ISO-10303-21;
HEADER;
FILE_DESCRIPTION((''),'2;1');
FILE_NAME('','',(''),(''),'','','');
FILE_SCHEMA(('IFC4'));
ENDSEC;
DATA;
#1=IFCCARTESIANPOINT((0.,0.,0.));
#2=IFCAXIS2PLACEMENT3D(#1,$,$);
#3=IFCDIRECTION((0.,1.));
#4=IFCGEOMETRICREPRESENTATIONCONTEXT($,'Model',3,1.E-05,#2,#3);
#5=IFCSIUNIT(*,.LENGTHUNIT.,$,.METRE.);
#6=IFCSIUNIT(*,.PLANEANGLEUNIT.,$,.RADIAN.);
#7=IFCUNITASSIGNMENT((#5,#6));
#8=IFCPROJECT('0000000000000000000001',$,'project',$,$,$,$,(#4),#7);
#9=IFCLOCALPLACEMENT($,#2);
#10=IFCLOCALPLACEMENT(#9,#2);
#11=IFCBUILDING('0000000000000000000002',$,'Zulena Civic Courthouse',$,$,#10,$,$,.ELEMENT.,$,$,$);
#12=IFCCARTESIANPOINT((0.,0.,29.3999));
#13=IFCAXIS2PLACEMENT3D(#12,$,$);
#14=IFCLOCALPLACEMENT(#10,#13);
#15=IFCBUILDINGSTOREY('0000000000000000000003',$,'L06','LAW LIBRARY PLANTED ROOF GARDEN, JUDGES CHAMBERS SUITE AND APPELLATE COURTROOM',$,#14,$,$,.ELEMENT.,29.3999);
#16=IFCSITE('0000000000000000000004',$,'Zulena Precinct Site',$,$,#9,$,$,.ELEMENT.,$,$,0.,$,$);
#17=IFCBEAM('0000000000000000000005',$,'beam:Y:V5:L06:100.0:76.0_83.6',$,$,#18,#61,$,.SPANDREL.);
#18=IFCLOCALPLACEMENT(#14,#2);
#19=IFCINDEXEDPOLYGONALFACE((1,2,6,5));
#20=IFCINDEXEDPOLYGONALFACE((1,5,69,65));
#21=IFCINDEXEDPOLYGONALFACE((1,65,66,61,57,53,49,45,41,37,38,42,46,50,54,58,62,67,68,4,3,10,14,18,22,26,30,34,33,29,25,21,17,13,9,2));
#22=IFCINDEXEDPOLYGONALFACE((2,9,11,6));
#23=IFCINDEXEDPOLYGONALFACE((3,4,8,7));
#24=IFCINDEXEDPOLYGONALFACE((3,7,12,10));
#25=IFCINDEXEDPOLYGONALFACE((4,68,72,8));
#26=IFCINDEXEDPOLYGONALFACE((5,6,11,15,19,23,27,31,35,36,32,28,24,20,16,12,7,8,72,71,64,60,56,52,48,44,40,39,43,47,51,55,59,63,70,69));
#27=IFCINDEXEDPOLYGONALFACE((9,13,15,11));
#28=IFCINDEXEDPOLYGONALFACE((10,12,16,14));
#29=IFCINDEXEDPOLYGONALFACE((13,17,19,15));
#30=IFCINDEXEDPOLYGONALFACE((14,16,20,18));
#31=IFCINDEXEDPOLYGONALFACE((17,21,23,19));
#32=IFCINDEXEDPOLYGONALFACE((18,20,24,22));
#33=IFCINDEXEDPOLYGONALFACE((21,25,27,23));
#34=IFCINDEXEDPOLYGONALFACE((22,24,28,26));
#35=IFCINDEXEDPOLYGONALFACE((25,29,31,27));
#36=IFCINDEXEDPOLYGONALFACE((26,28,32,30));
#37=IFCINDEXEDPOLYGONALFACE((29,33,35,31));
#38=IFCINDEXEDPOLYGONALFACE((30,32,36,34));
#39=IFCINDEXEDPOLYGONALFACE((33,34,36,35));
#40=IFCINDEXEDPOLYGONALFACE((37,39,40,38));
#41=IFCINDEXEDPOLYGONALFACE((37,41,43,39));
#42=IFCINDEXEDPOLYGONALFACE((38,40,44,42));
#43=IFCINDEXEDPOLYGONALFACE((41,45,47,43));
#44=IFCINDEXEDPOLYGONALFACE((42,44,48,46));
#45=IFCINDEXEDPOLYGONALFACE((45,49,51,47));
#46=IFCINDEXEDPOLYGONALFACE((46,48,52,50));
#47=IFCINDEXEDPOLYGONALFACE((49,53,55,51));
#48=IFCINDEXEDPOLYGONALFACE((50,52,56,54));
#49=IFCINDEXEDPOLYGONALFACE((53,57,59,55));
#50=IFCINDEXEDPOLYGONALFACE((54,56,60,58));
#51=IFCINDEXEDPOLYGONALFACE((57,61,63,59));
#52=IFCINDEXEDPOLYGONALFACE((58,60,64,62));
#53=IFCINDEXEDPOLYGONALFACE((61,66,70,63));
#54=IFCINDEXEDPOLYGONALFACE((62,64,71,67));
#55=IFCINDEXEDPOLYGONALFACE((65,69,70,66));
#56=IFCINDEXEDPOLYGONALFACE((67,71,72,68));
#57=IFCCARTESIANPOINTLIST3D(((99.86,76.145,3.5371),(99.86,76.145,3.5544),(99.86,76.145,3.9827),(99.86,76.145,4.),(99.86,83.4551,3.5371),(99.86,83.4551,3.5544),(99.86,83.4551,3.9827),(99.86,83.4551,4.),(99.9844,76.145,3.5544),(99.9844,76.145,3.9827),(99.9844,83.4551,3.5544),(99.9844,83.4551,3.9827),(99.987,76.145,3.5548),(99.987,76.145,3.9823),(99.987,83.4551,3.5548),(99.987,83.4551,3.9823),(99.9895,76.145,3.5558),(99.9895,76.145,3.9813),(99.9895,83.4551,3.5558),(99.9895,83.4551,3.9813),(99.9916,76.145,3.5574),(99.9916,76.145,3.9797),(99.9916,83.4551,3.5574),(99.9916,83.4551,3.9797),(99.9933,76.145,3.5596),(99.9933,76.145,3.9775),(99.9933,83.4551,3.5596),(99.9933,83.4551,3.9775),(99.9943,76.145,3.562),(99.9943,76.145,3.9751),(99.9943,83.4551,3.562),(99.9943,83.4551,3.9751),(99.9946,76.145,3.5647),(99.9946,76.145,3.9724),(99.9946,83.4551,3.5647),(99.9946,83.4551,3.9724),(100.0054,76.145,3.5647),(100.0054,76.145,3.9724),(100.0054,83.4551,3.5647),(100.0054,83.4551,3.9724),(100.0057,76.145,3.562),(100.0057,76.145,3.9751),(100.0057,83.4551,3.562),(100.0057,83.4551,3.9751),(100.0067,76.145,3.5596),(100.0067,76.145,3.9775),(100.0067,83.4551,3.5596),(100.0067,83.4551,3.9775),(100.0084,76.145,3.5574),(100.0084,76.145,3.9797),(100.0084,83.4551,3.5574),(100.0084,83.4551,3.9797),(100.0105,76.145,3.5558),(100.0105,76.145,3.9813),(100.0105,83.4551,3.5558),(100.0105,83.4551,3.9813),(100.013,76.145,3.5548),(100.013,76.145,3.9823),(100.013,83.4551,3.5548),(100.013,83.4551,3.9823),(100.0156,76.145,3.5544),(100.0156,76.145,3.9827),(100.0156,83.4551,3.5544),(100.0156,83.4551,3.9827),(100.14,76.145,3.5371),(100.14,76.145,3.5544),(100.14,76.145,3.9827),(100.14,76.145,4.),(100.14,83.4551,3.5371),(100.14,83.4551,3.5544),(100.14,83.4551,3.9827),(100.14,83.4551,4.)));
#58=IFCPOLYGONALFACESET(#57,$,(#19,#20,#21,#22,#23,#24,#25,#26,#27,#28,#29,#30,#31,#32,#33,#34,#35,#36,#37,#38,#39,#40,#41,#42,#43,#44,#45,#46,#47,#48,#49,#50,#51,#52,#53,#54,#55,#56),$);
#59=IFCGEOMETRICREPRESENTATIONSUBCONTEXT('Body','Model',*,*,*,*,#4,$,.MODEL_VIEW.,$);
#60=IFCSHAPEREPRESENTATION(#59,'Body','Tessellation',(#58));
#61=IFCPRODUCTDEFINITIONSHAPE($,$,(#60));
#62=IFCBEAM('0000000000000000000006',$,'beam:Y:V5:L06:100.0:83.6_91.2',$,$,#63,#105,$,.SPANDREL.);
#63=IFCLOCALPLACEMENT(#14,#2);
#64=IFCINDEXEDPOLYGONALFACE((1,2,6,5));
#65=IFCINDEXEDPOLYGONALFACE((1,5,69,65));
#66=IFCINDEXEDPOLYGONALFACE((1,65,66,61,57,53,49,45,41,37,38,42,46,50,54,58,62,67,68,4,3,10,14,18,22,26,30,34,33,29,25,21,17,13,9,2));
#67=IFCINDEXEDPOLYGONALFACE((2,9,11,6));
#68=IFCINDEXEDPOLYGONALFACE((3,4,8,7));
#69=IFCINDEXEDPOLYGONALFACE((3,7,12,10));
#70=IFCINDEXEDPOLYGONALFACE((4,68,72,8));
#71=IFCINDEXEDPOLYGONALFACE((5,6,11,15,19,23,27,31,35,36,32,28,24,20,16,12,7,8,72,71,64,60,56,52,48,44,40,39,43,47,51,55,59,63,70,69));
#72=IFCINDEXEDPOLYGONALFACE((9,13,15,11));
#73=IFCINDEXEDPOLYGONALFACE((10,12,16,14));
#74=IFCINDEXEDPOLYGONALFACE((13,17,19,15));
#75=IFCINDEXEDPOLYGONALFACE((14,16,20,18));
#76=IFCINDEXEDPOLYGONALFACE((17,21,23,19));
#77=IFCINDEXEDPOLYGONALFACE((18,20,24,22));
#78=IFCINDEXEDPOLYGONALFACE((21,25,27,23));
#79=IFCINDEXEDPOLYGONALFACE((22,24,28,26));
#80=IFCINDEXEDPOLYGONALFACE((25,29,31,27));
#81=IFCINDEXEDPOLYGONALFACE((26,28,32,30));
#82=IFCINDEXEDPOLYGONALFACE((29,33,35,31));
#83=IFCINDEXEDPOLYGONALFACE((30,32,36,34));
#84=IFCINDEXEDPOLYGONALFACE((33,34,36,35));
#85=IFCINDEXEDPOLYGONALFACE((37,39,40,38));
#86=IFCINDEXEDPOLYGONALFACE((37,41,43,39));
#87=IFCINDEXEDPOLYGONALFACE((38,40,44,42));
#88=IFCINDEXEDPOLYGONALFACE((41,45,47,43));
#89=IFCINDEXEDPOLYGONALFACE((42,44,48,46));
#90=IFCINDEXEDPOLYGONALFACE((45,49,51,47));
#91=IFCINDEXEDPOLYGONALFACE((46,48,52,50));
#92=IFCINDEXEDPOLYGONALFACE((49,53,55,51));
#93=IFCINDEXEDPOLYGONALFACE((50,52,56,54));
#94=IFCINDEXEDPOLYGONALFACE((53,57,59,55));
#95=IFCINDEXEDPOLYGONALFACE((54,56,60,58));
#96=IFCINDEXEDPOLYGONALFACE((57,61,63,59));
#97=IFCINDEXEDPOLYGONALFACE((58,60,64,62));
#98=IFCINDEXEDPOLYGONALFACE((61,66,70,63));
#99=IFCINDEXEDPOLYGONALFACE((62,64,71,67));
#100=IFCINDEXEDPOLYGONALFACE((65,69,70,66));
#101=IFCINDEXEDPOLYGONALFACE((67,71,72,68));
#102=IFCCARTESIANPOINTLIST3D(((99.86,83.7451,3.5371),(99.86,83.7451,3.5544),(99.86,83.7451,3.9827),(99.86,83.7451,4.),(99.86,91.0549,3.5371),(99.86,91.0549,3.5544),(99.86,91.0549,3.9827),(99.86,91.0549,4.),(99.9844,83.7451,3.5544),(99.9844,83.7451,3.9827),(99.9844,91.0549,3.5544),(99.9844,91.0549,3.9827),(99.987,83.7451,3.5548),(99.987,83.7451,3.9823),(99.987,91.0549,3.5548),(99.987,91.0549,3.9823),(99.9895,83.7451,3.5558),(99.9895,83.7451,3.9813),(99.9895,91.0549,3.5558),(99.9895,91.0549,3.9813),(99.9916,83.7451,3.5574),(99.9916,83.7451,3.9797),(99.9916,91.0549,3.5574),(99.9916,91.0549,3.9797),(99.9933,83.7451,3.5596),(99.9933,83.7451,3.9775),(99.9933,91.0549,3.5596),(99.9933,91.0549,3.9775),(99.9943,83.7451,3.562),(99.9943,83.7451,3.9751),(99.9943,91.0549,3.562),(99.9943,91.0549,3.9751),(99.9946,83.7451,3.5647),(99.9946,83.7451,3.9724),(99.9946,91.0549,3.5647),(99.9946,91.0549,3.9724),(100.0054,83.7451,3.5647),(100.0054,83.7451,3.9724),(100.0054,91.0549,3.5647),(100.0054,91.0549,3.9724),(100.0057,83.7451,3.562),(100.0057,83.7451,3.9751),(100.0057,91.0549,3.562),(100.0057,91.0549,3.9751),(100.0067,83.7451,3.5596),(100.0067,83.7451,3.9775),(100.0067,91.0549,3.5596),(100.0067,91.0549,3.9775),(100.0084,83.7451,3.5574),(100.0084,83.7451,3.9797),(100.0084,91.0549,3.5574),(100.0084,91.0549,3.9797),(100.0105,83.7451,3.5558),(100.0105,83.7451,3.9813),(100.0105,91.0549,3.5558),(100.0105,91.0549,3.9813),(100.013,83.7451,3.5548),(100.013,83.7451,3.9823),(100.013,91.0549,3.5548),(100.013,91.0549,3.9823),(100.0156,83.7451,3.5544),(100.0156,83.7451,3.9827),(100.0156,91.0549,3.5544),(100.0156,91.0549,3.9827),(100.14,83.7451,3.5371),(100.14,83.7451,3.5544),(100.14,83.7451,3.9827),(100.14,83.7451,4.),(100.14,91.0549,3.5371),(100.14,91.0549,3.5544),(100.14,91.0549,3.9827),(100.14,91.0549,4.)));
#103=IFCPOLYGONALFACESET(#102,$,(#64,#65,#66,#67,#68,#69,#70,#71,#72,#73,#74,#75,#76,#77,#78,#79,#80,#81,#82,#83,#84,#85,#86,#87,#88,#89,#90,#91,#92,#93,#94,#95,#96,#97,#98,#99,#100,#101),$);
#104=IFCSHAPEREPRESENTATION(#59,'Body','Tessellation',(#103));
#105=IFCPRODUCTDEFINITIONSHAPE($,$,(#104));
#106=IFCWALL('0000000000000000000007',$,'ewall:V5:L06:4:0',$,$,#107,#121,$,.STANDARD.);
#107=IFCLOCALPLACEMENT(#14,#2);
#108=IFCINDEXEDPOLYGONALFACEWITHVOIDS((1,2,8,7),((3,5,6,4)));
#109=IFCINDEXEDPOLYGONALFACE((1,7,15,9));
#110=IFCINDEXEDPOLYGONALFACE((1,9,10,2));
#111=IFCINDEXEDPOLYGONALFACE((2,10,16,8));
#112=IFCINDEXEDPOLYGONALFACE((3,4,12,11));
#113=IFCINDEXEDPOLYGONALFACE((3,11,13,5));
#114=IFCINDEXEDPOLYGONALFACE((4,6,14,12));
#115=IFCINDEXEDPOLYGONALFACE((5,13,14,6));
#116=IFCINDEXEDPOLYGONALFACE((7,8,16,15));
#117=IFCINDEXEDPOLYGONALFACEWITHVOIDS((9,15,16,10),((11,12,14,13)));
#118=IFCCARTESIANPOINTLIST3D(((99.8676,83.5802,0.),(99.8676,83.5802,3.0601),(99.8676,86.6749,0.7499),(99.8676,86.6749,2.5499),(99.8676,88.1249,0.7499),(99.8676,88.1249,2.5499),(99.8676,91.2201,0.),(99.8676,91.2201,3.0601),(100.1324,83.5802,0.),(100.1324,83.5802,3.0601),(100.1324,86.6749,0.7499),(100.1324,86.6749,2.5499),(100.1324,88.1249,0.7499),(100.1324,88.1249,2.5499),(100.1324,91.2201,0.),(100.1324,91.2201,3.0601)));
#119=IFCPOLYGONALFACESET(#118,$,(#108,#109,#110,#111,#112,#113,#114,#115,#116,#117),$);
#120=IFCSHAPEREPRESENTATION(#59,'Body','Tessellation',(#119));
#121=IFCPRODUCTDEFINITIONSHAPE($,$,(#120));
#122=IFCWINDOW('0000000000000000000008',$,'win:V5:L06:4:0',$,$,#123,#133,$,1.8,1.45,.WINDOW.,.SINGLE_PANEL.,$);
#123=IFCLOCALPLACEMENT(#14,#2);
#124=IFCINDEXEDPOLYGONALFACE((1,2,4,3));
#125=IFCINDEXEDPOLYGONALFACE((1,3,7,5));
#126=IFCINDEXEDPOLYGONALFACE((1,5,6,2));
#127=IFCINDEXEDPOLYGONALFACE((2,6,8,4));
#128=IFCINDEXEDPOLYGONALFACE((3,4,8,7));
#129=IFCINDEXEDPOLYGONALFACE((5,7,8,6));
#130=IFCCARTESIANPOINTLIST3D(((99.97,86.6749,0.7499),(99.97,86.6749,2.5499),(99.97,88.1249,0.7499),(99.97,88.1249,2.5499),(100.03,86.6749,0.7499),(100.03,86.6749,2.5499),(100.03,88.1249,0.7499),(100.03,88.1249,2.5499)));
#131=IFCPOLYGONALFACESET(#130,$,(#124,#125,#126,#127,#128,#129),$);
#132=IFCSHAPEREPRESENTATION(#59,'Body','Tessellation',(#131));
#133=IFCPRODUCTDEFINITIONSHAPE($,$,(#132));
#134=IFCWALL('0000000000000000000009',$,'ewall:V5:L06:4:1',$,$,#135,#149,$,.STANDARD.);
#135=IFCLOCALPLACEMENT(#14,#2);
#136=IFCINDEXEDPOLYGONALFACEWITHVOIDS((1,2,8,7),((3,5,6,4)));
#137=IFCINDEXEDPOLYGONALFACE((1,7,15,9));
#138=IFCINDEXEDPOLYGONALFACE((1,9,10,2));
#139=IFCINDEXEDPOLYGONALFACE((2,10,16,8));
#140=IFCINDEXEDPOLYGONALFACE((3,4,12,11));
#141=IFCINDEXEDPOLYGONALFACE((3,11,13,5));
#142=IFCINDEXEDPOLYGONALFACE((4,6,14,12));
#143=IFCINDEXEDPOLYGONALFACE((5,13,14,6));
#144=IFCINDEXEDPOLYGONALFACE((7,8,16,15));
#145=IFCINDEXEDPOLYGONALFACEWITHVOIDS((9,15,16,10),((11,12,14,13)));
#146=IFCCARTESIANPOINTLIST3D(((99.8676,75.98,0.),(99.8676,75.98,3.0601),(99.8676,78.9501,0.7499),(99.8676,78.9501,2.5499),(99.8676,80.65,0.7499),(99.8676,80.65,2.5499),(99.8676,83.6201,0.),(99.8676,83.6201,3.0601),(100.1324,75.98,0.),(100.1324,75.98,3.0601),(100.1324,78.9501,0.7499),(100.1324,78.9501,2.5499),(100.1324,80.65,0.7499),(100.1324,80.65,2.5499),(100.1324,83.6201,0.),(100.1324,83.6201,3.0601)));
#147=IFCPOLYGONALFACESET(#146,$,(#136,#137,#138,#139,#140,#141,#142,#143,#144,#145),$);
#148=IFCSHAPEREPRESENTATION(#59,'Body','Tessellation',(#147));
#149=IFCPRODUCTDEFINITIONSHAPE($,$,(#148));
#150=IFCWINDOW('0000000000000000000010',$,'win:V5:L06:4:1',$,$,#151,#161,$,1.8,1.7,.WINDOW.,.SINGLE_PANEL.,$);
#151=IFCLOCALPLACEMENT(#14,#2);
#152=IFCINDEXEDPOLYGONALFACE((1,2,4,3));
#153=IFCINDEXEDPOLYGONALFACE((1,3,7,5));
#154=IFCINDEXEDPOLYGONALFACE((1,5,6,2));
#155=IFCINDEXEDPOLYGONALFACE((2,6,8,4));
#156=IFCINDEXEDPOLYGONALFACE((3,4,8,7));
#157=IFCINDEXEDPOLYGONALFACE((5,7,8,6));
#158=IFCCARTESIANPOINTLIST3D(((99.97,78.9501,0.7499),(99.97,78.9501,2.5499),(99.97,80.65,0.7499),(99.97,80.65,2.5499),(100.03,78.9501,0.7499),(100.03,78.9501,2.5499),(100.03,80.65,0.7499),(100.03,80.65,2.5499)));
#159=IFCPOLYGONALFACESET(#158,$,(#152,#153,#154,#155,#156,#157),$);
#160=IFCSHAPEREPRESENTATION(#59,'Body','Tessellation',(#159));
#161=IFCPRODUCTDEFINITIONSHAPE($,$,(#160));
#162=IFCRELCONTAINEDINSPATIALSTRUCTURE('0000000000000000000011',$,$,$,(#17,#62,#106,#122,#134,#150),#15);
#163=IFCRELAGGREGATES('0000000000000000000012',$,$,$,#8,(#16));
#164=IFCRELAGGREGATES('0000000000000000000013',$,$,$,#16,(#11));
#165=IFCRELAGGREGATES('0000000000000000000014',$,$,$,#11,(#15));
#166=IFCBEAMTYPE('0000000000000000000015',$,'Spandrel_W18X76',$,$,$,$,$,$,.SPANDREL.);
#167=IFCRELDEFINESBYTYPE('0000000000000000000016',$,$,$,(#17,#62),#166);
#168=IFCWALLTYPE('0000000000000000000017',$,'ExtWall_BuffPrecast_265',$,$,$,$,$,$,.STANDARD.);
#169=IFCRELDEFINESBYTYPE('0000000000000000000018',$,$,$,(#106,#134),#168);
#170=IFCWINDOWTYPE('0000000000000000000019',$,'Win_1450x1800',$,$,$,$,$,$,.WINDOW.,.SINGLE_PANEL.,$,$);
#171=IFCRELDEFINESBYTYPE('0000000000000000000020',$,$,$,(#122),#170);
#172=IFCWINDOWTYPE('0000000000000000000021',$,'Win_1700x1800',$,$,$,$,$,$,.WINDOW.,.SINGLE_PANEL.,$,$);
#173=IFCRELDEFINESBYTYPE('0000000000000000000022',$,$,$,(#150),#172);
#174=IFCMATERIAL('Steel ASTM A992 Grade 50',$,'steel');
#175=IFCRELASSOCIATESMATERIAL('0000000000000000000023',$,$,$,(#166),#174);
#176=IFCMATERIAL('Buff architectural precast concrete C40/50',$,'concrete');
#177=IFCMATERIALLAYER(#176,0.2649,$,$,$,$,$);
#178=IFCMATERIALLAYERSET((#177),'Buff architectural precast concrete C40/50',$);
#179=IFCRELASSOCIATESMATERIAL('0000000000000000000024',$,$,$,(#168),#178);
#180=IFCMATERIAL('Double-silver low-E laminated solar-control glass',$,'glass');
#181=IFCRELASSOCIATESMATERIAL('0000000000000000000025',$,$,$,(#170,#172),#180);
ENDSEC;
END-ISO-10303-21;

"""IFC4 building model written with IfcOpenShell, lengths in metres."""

from ifc_helpers import new_model, si_unit, direction, frame, frame_2d, origin, origin_2d, place, context, subcontext, project, spatial, rectangle, i_section, extrude, material, layer, layer_set, material_profile, profile_set, type_object, element, fill, save


model = new_model("IFC4")

# Units and contexts
model_context = context("Model", 3, precision=1e-05, world=origin(), true_north=direction((0.0, 1.0)))
body_context = subcontext(model_context, "Body", "Model", "MODEL_VIEW")
ifc_project = project(units=[si_unit("LENGTHUNIT", "METRE"), si_unit("PLANEANGLEUNIT", "RADIAN")], contexts=[model_context])

# Site, building, storey
site_placement = place(None, origin())
site = spatial("IfcSite", under=ifc_project, at=site_placement, Name="Zulena Precinct Site", CompositionType="ELEMENT", RefElevation=0.0)
building_placement = place(site_placement, origin())
building = spatial("IfcBuilding", under=site, at=building_placement, Name="Zulena Civic Courthouse", CompositionType="ELEMENT")
storey_placement = place(building_placement, frame((0.0, 0.0, 29.3999)))
storey = spatial("IfcBuildingStorey", under=building, at=storey_placement, Name="L06", Description="LAW LIBRARY PLANTED ROOF GARDEN, JUDGES CHAMBERS SUITE AND APPELLATE COURTROOM", CompositionType="ELEMENT", Elevation=29.3999)

# Beams
ifc_material_1 = material(Name="Steel ASTM A992 Grade 50", Category="steel")
ifc_material_profile = material_profile(ifc_material_1, i_section(OverallWidth=0.28, OverallDepth=0.4629, WebThickness=0.0107, FlangeThickness=0.0173, FilletRadius=0.0103, at=origin_2d()), Name="W18X76")
ifc_profile_set = profile_set([ifc_material_profile], Name="Steel ASTM A992 Grade 50")
beam_type = type_object("IfcBeamType", Name="Spandrel_W18X76", PredefinedType="SPANDREL", material=ifc_profile_set)
beam_1_placement = place(storey_placement, frame((100.0, 76.145, 3.7686), z_axis=(0.0, 1.0, 0.0), x_axis=(-1.0, 0.0, 0.0)))
element("IfcBeam", 1, at=beam_1_placement, inside=storey, type_object=beam_type, Name="beam:Y:V5:L06:100.0:76.0_83.6", PredefinedType="SPANDREL", context=body_context, shape_type="SweptSolid", body=[
    extrude(i_section(OverallWidth=0.28, OverallDepth=0.4629, WebThickness=0.0107, FlangeThickness=0.0173, FilletRadius=0.0103, at=origin_2d()), origin(), (0.0, 0.0, 1.0), 7.3101),
])
beam_2_placement = place(storey_placement, frame((100.0, 83.7451, 3.7686), z_axis=(0.0, 1.0, 0.0), x_axis=(-1.0, 0.0, 0.0)))
element("IfcBeam", 2, at=beam_2_placement, inside=storey, type_object=beam_type, Name="beam:Y:V5:L06:100.0:83.6_91.2", PredefinedType="SPANDREL", context=body_context, shape_type="SweptSolid", body=[
    extrude(i_section(OverallWidth=0.28, OverallDepth=0.4629, WebThickness=0.0107, FlangeThickness=0.0173, FilletRadius=0.0103, at=origin_2d()), origin(), (0.0, 0.0, 1.0), 7.3098),
])

# Walls, openings, windows
ifc_material_2 = material(Name="Buff architectural precast concrete C40/50", Category="concrete")
ifc_layer_1 = layer(ifc_material_2, 0.2649)
ifc_layer_set_1 = layer_set([ifc_layer_1], Name="Buff architectural precast concrete C40/50")
wall_type = type_object("IfcWallType", Name="ExtWall_BuffPrecast_265", PredefinedType="STANDARD", material=ifc_layer_set_1)
wall_1_placement = place(storey_placement, frame((100.0, 91.22, 0.0), z_axis=(0.0, 0.0, 1.0), x_axis=(0.0, -1.0, 0.0)))
wall_1 = element("IfcWall", 3, at=wall_1_placement, inside=storey, type_object=wall_type, Name="ewall:V5:L06:4:0", PredefinedType="STANDARD", context=body_context, shape_type="SweptSolid", body=[
    extrude(rectangle(XDim=7.6399, YDim=0.2649, at=frame_2d((3.8198, 0.0))), origin(), (0.0, 0.0, 1.0), 3.0601),
])
opening_1_placement = place(wall_1_placement, frame((3.095, 0.0, 0.75)))
opening_1 = element("IfcOpeningElement", 4, at=opening_1_placement, cuts=wall_1, PredefinedType="OPENING", context=body_context, shape_type="SweptSolid", body=[
    extrude(rectangle(XDim=1.45, YDim=1.8, at=frame_2d((0.7251, 0.8999))), frame((0.0, 0.1423, 0.0), z_axis=(0.0, -1.0, 0.0), x_axis=(1.0, 0.0, 0.0)), (0.0, 0.0, 1.0), 0.2849),
])
ifc_material_3 = material(Name="Double-silver low-E laminated solar-control glass", Category="glass")
window_type_1 = type_object("IfcWindowType", Name="Win_1450x1800", PartitioningType="SINGLE_PANEL", PredefinedType="WINDOW", material=ifc_material_3)
window_1_placement = place(opening_1_placement, origin())
window_1 = element("IfcWindow", 5, at=window_1_placement, inside=storey, type_object=window_type_1, Name="win:V5:L06:4:0", OverallHeight=1.8, OverallWidth=1.45, PartitioningType="SINGLE_PANEL", PredefinedType="WINDOW", context=body_context, shape_type="SweptSolid", body=[
    extrude(rectangle(XDim=1.45, YDim=1.8, at=frame_2d((0.7251, 0.8999))), frame((0.0, 0.03, 0.0), z_axis=(0.0, -1.0, 0.0), x_axis=(1.0, 0.0, 0.0)), (0.0, 0.0, 1.0), 0.0601),
])
fill(opening_1, window_1)
wall_2_placement = place(storey_placement, frame((100.0, 83.6201, 0.0), z_axis=(0.0, 0.0, 1.0), x_axis=(0.0, -1.0, 0.0)))
wall_2 = element("IfcWall", 6, at=wall_2_placement, inside=storey, type_object=wall_type, Name="ewall:V5:L06:4:1", PredefinedType="STANDARD", context=body_context, shape_type="SweptSolid", body=[
    extrude(rectangle(XDim=7.6401, YDim=0.2649, at=frame_2d((3.8201, 0.0))), origin(), (0.0, 0.0, 1.0), 3.0601),
])
opening_2_placement = place(wall_2_placement, frame((2.97, 0.0, 0.75)))
opening_2 = element("IfcOpeningElement", 7, at=opening_2_placement, cuts=wall_2, PredefinedType="OPENING", context=body_context, shape_type="SweptSolid", body=[
    extrude(rectangle(XDim=1.7, YDim=1.8, at=frame_2d((0.8501, 0.8999))), frame((0.0, 0.1423, 0.0), z_axis=(0.0, -1.0, 0.0), x_axis=(1.0, 0.0, 0.0)), (0.0, 0.0, 1.0), 0.2849),
])
window_type_2 = type_object("IfcWindowType", Name="Win_1700x1800", PartitioningType="SINGLE_PANEL", PredefinedType="WINDOW", material=ifc_material_3)
window_2_placement = place(opening_2_placement, origin())
window_2 = element("IfcWindow", 8, at=window_2_placement, inside=storey, type_object=window_type_2, Name="win:V5:L06:4:1", OverallHeight=1.8, OverallWidth=1.7, PartitioningType="SINGLE_PANEL", PredefinedType="WINDOW", context=body_context, shape_type="SweptSolid", body=[
    extrude(rectangle(XDim=1.7, YDim=1.8, at=frame_2d((0.8501, 0.8999))), frame((0.0, 0.03, 0.0), z_axis=(0.0, -1.0, 0.0), x_axis=(1.0, 0.0, 0.0)), (0.0, 0.0, 1.0), 0.0601),
])
fill(opening_2, window_2)

save(model, "model.ifc")
